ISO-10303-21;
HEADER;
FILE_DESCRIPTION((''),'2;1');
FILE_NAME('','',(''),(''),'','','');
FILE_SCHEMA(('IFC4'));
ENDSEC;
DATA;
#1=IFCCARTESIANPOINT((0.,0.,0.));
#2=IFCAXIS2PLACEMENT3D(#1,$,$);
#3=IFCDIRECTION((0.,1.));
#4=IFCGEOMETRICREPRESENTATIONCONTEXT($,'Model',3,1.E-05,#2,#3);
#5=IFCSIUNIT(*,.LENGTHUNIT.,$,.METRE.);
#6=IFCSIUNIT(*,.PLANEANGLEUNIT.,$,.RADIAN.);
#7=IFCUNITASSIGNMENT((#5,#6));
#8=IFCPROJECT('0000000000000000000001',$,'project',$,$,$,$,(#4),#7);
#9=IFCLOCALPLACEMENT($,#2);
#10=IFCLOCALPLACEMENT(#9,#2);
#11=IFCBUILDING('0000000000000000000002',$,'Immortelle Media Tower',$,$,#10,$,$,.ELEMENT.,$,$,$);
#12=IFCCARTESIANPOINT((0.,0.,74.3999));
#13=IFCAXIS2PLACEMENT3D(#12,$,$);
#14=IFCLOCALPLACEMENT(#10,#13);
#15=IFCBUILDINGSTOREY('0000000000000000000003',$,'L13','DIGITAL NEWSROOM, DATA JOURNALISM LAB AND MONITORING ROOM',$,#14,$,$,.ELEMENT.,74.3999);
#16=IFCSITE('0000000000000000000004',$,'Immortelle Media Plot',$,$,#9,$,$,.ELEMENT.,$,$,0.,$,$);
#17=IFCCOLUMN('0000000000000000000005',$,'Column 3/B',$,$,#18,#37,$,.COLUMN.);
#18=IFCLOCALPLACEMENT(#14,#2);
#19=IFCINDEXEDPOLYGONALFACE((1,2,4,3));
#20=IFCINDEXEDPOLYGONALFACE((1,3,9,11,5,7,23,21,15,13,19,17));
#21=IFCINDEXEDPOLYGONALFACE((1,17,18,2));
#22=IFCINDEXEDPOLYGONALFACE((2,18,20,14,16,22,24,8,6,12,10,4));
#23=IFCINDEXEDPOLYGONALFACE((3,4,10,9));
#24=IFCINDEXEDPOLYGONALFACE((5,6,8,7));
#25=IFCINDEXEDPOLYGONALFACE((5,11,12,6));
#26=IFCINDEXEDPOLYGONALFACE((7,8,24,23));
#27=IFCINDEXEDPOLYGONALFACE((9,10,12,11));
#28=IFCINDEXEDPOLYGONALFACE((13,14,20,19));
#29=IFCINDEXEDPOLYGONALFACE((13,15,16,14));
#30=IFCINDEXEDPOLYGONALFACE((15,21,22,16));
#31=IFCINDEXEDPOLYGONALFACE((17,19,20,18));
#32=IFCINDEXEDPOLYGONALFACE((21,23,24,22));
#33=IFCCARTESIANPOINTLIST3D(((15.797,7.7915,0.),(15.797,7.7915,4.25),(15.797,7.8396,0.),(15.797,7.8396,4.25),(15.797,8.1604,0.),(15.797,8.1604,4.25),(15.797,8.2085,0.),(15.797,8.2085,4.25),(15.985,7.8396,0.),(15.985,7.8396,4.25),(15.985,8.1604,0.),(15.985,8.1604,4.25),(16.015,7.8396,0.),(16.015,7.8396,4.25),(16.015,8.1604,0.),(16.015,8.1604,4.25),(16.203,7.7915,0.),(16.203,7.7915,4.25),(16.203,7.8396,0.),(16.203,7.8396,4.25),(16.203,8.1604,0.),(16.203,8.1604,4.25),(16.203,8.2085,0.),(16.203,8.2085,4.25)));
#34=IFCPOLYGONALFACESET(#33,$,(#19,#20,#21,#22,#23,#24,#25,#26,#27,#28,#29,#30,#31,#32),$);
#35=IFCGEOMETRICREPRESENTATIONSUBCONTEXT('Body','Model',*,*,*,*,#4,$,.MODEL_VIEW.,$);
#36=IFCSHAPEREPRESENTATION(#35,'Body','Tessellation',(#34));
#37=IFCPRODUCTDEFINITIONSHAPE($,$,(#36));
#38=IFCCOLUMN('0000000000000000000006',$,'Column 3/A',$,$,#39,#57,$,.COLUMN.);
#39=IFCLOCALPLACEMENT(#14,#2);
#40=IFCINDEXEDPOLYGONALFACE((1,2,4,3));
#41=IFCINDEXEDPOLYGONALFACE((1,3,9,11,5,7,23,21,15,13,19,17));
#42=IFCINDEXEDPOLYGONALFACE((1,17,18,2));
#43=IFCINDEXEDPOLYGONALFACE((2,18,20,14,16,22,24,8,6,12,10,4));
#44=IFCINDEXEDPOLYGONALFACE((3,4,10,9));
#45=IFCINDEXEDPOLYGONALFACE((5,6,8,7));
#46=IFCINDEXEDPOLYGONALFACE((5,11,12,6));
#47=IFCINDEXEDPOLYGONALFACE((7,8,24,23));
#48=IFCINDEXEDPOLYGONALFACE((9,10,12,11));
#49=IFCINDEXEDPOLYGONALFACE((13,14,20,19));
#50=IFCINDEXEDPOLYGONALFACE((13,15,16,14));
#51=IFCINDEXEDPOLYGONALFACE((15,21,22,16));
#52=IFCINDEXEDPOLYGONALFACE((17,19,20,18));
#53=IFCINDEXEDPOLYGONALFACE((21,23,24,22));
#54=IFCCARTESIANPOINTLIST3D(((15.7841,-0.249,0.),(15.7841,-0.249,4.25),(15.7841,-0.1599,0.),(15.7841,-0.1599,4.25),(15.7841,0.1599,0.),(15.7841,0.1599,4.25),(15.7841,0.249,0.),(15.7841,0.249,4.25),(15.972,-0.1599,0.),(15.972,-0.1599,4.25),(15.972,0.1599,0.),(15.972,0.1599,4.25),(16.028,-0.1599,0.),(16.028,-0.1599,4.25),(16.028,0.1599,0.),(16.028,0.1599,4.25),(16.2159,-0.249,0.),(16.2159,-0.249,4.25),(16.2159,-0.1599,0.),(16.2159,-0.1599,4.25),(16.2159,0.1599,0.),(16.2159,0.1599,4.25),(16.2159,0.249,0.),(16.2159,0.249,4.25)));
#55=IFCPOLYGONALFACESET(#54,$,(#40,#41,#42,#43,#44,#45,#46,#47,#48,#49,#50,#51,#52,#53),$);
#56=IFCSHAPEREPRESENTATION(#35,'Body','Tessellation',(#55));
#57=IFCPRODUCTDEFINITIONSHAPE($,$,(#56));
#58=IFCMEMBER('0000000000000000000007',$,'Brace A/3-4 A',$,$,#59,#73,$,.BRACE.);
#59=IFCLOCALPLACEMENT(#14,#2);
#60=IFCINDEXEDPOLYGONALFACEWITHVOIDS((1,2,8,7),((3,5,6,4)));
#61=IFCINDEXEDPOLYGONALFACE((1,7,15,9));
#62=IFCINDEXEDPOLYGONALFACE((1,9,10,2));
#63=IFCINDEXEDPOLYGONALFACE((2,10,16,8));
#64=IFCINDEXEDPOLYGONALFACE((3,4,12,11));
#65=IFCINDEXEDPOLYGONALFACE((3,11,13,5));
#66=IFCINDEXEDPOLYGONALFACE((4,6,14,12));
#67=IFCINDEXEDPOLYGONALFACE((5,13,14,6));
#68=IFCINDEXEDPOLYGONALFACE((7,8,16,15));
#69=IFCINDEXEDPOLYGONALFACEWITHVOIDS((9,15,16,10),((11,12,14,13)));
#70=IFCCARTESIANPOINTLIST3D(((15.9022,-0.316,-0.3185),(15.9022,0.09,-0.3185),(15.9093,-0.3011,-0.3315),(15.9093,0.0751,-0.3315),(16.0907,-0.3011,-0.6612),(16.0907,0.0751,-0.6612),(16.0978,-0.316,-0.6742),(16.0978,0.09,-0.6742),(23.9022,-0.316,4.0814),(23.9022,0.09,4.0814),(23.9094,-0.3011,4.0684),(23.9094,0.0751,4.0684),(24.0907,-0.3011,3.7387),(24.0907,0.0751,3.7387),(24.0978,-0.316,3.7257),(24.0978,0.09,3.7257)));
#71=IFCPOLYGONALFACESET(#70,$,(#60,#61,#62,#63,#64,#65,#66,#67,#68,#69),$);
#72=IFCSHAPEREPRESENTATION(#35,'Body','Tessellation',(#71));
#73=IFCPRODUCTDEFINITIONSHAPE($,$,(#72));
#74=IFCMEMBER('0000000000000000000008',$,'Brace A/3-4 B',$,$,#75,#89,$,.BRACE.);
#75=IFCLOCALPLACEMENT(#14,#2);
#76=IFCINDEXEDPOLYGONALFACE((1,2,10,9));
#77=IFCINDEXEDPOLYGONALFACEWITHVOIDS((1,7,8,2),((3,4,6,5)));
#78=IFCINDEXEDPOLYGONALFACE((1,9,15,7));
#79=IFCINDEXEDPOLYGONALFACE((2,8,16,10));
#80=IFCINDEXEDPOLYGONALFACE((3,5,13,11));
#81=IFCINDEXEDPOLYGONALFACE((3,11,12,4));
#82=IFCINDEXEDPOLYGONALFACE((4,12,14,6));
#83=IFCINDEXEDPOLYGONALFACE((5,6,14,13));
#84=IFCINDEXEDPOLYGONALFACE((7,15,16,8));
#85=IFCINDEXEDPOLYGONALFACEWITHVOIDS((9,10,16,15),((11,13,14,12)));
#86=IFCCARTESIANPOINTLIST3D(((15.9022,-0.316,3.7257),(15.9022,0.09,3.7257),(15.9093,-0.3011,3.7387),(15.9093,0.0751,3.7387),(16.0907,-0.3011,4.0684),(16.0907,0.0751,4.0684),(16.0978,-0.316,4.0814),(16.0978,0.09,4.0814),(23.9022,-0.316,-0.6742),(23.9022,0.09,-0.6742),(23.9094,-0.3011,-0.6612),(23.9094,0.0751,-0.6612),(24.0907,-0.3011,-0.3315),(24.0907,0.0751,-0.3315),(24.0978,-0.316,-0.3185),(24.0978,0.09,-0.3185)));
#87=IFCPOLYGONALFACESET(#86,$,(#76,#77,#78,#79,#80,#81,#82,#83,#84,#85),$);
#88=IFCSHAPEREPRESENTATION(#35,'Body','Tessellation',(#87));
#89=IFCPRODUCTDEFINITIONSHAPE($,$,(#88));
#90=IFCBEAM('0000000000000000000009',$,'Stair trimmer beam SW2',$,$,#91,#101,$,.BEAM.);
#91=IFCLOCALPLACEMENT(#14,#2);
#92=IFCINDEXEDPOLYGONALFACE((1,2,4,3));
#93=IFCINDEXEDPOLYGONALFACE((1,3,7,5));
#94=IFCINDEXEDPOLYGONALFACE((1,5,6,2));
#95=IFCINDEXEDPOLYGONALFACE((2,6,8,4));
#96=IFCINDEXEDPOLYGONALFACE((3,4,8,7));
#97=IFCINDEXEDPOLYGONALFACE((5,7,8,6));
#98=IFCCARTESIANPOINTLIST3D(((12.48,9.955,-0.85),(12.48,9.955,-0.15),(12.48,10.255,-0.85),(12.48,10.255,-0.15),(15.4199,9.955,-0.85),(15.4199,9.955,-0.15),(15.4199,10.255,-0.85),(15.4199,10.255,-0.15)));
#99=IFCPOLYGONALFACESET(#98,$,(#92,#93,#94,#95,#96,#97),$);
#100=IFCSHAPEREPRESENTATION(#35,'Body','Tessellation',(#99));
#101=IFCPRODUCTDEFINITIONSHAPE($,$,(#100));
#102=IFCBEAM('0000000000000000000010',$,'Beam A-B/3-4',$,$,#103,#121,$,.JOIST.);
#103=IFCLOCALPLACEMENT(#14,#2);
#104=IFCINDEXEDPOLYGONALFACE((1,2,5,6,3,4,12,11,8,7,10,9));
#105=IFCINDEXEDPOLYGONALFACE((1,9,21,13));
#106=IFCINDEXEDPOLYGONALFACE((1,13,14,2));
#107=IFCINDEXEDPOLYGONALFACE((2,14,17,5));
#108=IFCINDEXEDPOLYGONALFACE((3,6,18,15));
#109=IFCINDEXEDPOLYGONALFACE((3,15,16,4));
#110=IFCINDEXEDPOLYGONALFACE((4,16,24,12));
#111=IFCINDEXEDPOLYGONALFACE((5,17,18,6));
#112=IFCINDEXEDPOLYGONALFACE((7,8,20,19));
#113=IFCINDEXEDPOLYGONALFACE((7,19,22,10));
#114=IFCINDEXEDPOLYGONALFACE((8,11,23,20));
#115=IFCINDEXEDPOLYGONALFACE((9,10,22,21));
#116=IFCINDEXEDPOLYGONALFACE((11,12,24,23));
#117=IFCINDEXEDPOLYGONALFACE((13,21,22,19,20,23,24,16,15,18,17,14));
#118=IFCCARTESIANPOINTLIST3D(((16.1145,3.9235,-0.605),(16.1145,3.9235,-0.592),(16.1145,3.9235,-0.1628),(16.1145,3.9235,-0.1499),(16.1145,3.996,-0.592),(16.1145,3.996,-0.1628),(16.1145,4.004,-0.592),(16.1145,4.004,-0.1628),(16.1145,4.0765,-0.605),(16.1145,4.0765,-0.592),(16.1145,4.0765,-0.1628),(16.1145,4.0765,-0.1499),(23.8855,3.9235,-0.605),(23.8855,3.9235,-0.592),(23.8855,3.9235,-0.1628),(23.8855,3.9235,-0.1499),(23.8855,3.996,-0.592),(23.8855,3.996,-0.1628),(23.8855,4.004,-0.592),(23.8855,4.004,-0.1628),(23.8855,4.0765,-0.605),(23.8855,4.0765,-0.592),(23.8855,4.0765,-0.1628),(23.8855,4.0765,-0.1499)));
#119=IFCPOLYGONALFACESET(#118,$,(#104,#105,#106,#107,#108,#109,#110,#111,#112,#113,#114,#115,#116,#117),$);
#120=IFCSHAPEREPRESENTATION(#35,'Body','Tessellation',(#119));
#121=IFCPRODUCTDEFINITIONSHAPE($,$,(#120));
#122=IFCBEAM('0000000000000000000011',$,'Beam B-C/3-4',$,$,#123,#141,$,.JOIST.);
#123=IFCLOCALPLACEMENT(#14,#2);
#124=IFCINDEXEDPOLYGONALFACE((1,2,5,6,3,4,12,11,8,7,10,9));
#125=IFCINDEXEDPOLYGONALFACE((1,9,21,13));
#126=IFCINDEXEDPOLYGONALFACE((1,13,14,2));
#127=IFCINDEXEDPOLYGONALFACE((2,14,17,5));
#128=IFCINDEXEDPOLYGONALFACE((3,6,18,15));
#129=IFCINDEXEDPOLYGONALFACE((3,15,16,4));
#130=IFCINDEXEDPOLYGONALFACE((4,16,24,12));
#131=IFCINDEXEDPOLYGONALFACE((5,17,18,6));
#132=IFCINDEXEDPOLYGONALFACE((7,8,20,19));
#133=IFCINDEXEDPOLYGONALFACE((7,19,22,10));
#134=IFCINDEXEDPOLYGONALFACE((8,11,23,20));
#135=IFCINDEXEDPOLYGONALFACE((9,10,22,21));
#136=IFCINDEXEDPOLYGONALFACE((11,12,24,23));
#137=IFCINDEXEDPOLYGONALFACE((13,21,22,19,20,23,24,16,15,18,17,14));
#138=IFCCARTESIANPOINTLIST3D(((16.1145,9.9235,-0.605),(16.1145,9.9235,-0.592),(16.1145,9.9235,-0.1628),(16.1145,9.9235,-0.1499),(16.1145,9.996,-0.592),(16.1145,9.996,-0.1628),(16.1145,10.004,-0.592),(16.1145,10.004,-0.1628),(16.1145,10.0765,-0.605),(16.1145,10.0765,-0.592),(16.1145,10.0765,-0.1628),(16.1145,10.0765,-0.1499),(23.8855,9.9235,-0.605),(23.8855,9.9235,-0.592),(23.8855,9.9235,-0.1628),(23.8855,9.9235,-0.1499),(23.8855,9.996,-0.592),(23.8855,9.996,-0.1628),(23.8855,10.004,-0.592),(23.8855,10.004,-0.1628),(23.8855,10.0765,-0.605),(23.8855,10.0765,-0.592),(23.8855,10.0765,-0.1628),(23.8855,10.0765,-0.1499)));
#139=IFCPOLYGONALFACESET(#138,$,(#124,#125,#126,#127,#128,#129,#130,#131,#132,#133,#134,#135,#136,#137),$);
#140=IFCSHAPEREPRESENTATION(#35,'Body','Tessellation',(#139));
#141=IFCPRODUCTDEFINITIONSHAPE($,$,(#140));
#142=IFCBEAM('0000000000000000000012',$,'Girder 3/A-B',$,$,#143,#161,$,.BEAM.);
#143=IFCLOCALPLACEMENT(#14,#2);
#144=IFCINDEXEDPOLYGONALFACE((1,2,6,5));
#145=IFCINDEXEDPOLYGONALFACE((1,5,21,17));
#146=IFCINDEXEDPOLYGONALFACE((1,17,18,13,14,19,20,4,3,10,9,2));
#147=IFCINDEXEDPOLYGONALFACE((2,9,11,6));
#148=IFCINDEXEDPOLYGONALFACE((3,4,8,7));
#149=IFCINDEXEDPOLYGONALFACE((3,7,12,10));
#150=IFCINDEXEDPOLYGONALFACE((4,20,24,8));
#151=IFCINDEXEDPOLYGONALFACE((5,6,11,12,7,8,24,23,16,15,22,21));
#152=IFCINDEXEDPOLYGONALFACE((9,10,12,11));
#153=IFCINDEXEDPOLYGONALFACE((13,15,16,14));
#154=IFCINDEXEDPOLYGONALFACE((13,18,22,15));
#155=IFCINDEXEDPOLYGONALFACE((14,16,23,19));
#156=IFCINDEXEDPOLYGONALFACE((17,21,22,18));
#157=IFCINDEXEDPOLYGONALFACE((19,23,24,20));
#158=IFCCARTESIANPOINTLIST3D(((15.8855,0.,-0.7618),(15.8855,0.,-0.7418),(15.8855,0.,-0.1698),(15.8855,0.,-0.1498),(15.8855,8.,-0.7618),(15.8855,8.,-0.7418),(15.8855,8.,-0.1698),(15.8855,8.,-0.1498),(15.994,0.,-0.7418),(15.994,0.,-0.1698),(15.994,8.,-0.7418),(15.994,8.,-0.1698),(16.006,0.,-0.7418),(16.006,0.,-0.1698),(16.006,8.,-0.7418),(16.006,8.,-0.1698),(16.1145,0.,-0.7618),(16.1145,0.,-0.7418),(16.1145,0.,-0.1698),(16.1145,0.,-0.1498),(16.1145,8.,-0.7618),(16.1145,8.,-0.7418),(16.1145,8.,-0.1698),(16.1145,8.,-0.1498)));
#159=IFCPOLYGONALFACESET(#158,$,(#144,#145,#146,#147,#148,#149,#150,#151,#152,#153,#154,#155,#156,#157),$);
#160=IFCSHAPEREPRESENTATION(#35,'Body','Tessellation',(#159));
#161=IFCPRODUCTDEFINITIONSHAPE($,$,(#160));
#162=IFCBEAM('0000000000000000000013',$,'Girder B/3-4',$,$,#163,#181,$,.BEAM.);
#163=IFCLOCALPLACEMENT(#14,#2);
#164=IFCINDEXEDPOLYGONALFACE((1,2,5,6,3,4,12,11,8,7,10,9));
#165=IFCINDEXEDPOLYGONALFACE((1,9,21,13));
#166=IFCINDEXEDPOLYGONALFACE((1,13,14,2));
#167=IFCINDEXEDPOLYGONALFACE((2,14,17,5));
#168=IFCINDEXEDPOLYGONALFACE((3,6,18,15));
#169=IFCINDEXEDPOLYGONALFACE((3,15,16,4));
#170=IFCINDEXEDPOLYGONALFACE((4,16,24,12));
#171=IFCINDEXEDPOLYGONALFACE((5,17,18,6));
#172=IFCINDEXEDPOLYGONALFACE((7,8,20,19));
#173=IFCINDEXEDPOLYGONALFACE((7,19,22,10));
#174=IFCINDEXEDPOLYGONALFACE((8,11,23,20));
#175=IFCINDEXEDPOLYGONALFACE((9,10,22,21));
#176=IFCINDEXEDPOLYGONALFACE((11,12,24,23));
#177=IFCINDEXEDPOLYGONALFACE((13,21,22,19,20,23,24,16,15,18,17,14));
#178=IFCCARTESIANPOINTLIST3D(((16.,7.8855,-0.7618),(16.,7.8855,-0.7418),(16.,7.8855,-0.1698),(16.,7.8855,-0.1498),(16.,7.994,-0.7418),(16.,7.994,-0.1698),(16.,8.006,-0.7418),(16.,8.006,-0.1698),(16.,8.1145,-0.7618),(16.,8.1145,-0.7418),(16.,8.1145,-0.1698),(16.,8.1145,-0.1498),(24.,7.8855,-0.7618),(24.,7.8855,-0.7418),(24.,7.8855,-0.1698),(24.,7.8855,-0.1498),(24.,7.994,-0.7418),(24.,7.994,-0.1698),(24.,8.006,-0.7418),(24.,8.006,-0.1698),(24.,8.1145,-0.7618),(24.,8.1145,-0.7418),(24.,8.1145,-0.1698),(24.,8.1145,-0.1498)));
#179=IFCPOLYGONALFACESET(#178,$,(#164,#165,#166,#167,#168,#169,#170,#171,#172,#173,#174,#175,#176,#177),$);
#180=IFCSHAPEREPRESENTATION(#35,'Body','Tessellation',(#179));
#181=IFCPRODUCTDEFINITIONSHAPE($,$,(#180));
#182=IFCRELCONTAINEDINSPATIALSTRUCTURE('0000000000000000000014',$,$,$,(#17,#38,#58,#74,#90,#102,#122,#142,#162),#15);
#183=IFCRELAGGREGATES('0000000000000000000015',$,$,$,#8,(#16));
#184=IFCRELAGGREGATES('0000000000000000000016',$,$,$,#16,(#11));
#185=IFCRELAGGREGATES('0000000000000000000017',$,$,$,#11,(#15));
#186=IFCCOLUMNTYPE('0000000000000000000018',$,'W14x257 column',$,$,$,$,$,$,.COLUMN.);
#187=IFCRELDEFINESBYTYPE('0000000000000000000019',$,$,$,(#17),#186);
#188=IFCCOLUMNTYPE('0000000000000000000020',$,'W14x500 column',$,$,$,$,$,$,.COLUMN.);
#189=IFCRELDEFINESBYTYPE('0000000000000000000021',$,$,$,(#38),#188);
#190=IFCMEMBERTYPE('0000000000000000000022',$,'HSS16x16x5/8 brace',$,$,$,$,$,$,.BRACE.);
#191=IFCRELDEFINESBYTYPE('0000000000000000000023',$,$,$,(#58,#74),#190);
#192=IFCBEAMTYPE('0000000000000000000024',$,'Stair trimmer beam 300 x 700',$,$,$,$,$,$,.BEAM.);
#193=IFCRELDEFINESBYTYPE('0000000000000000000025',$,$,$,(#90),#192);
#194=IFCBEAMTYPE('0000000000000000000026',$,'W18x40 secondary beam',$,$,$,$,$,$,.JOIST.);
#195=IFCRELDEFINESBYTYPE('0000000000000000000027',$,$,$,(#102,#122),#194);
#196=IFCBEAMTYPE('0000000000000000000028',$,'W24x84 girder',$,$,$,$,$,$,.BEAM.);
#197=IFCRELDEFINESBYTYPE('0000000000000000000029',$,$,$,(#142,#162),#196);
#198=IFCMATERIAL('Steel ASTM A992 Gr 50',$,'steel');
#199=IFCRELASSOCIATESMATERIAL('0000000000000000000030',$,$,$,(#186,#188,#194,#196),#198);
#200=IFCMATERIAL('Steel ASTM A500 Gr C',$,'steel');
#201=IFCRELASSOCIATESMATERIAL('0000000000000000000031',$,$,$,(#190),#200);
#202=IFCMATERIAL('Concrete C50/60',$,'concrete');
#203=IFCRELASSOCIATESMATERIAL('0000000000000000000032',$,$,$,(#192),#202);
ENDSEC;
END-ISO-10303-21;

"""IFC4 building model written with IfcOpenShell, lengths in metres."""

from ifc_helpers import new_model, si_unit, direction, frame, origin, origin_2d, place, context, subcontext, project, spatial, rectangle, hollow_rectangle, i_section, extrude, material, material_profile, profile_set, type_object, element, save


model = new_model("IFC4")

# Units and contexts
model_context = context("Model", 3, precision=1e-05, world=origin(), true_north=direction((0.0, 1.0)))
body_context = subcontext(model_context, "Body", "Model", "MODEL_VIEW")
ifc_project = project(units=[si_unit("LENGTHUNIT", "METRE"), si_unit("PLANEANGLEUNIT", "RADIAN")], contexts=[model_context])

# Site, building, storey
site_placement = place(None, origin())
site = spatial("IfcSite", under=ifc_project, at=site_placement, Name="Immortelle Media Plot", CompositionType="ELEMENT", RefElevation=0.0)
building_placement = place(site_placement, origin())
building = spatial("IfcBuilding", under=site, at=building_placement, Name="Immortelle Media Tower", CompositionType="ELEMENT")
storey_placement = place(building_placement, frame((0.0, 0.0, 74.3999)))
storey = spatial("IfcBuildingStorey", under=building, at=storey_placement, Name="L13", Description="DIGITAL NEWSROOM, DATA JOURNALISM LAB AND MONITORING ROOM", CompositionType="ELEMENT", Elevation=74.3999)

# Columns
ifc_material_1 = material(Name="Steel ASTM A992 Gr 50", Category="steel")
ifc_material_profile_1 = material_profile(ifc_material_1, i_section(OverallWidth=0.406, OverallDepth=0.417, WebThickness=0.03, FlangeThickness=0.0481, at=origin_2d()), Name="W14x257")
ifc_profile_set_1 = profile_set([ifc_material_profile_1], Name="Steel ASTM A992 Gr 50")
column_type_1 = type_object("IfcColumnType", Name="W14x257 column", PredefinedType="COLUMN", material=ifc_profile_set_1)
column_1_placement = place(storey_placement, frame((16.0, 8.0, 0.0), z_axis=(0.0, 0.0, 1.0), x_axis=(1.0, 0.0, 0.0)))
element("IfcColumn", 1, at=column_1_placement, inside=storey, type_object=column_type_1, Name="Column 3/B", PredefinedType="COLUMN", context=body_context, shape_type="SweptSolid", body=[
    extrude(i_section(OverallWidth=0.406, OverallDepth=0.417, WebThickness=0.03, FlangeThickness=0.0481, at=origin_2d()), origin(), (0.0, 0.0, 1.0), 4.25),
])
ifc_material_profile_2 = material_profile(ifc_material_1, i_section(OverallWidth=0.4319, OverallDepth=0.498, WebThickness=0.0559, FlangeThickness=0.0891, at=origin_2d()), Name="W14x500")
ifc_profile_set_2 = profile_set([ifc_material_profile_2], Name="Steel ASTM A992 Gr 50")
column_type_2 = type_object("IfcColumnType", Name="W14x500 column", PredefinedType="COLUMN", material=ifc_profile_set_2)
column_2_placement = place(storey_placement, frame((16.0, 0.0, 0.0), z_axis=(0.0, 0.0, 1.0), x_axis=(1.0, 0.0, 0.0)))
element("IfcColumn", 2, at=column_2_placement, inside=storey, type_object=column_type_2, Name="Column 3/A", PredefinedType="COLUMN", context=body_context, shape_type="SweptSolid", body=[
    extrude(i_section(OverallWidth=0.4319, OverallDepth=0.498, WebThickness=0.0559, FlangeThickness=0.0891, at=origin_2d()), origin(), (0.0, 0.0, 1.0), 4.25),
])

# Members
ifc_material_2 = material(Name="Steel ASTM A500 Gr C", Category="steel")
ifc_material_profile_3 = material_profile(ifc_material_2, hollow_rectangle(XDim=0.406, YDim=0.406, WallThickness=0.0149, at=origin_2d()), Name="HSS16x16x5/8 brace")
ifc_profile_set_3 = profile_set([ifc_material_profile_3], Name="Steel ASTM A500 Gr C")
member_type = type_object("IfcMemberType", Name="HSS16x16x5/8 brace", PredefinedType="BRACE", material=ifc_profile_set_3)
for number, where, z_axis, x_axis, name in (
    (3, (16.0, -0.113, -0.4963), (0.87622, 0.0, 0.481911), (0.0, 1.0, 0.0), "Brace A/3-4 A"),
    (4, (16.0, -0.113, 3.9036), (0.87622, 0.0, -0.481911), (0.0, 1.0, 0.0), "Brace A/3-4 B"),
):
    element("IfcMember", number, at=place(storey_placement, frame(where, z_axis=z_axis, x_axis=x_axis)), inside=storey, type_object=member_type, Name=name, PredefinedType="BRACE", context=body_context, shape_type="SweptSolid", body=[
        extrude(hollow_rectangle(XDim=0.406, YDim=0.406, WallThickness=0.0149, at=origin_2d()), origin(), (0.0, 0.0, 1.0), 9.1301),
    ])

# Beams
ifc_material_3 = material(Name="Concrete C50/60", Category="concrete")
ifc_material_profile_4 = material_profile(ifc_material_3, rectangle(XDim=0.3, YDim=0.7, at=origin_2d()), Name="RC 300x700")
ifc_profile_set_4 = profile_set([ifc_material_profile_4], Name="Concrete C50/60")
beam_type_1 = type_object("IfcBeamType", Name="Stair trimmer beam 300 x 700", PredefinedType="BEAM", material=ifc_profile_set_4)
beam_1_placement = place(storey_placement, frame((12.48, 10.105, -0.5), z_axis=(1.0, 0.0, 0.0), x_axis=(0.0, 1.0, 0.0)))
element("IfcBeam", 5, at=beam_1_placement, inside=storey, type_object=beam_type_1, Name="Stair trimmer beam SW2", PredefinedType="BEAM", context=body_context, shape_type="SweptSolid", body=[
    extrude(rectangle(XDim=0.3, YDim=0.7, at=origin_2d()), origin(), (0.0, 0.0, 1.0), 2.9399),
])
ifc_material_profile_5 = material_profile(ifc_material_1, i_section(OverallWidth=0.1531, OverallDepth=0.4551, WebThickness=0.0081, FlangeThickness=0.0129, at=origin_2d()), Name="W18x40")
ifc_profile_set_5 = profile_set([ifc_material_profile_5], Name="Steel ASTM A992 Gr 50")
beam_type_2 = type_object("IfcBeamType", Name="W18x40 secondary beam", PredefinedType="JOIST", material=ifc_profile_set_5)
for number, where, z_axis, x_axis, name in (
    (6, (16.1145, 4.0, -0.3774), (1.0, 0.0, 0.0), (0.0, 1.0, 0.0), "Beam A-B/3-4"),
    (7, (16.1145, 10.0, -0.3774), (1.0, 0.0, 0.0), (0.0, 1.0, 0.0), "Beam B-C/3-4"),
):
    element("IfcBeam", number, at=place(storey_placement, frame(where, z_axis=z_axis, x_axis=x_axis)), inside=storey, type_object=beam_type_2, Name=name, PredefinedType="JOIST", context=body_context, shape_type="SweptSolid", body=[
        extrude(i_section(OverallWidth=0.1531, OverallDepth=0.4551, WebThickness=0.0081, FlangeThickness=0.0129, at=origin_2d()), origin(), (0.0, 0.0, 1.0), 7.771),
    ])
ifc_material_profile_6 = material_profile(ifc_material_1, i_section(OverallWidth=0.229, OverallDepth=0.6121, WebThickness=0.012, FlangeThickness=0.02, at=origin_2d()), Name="W24x84")
ifc_profile_set_6 = profile_set([ifc_material_profile_6], Name="Steel ASTM A992 Gr 50")
beam_type_3 = type_object("IfcBeamType", Name="W24x84 girder", PredefinedType="BEAM", material=ifc_profile_set_6)
for number, where, z_axis, x_axis, name in (
    (8, (16.0, 0.0, -0.4558), (0.0, 1.0, 0.0), (-1.0, 0.0, 0.0), "Girder 3/A-B"),
    (9, (16.0, 8.0, -0.4558), (1.0, 0.0, 0.0), (0.0, 1.0, 0.0), "Girder B/3-4"),
):
    element("IfcBeam", number, at=place(storey_placement, frame(where, z_axis=z_axis, x_axis=x_axis)), inside=storey, type_object=beam_type_3, Name=name, PredefinedType="BEAM", context=body_context, shape_type="SweptSolid", body=[
        extrude(i_section(OverallWidth=0.229, OverallDepth=0.6121, WebThickness=0.012, FlangeThickness=0.02, at=origin_2d()), origin(), (0.0, 0.0, 1.0), 8.0),
    ])

save(model, "model.ifc")
